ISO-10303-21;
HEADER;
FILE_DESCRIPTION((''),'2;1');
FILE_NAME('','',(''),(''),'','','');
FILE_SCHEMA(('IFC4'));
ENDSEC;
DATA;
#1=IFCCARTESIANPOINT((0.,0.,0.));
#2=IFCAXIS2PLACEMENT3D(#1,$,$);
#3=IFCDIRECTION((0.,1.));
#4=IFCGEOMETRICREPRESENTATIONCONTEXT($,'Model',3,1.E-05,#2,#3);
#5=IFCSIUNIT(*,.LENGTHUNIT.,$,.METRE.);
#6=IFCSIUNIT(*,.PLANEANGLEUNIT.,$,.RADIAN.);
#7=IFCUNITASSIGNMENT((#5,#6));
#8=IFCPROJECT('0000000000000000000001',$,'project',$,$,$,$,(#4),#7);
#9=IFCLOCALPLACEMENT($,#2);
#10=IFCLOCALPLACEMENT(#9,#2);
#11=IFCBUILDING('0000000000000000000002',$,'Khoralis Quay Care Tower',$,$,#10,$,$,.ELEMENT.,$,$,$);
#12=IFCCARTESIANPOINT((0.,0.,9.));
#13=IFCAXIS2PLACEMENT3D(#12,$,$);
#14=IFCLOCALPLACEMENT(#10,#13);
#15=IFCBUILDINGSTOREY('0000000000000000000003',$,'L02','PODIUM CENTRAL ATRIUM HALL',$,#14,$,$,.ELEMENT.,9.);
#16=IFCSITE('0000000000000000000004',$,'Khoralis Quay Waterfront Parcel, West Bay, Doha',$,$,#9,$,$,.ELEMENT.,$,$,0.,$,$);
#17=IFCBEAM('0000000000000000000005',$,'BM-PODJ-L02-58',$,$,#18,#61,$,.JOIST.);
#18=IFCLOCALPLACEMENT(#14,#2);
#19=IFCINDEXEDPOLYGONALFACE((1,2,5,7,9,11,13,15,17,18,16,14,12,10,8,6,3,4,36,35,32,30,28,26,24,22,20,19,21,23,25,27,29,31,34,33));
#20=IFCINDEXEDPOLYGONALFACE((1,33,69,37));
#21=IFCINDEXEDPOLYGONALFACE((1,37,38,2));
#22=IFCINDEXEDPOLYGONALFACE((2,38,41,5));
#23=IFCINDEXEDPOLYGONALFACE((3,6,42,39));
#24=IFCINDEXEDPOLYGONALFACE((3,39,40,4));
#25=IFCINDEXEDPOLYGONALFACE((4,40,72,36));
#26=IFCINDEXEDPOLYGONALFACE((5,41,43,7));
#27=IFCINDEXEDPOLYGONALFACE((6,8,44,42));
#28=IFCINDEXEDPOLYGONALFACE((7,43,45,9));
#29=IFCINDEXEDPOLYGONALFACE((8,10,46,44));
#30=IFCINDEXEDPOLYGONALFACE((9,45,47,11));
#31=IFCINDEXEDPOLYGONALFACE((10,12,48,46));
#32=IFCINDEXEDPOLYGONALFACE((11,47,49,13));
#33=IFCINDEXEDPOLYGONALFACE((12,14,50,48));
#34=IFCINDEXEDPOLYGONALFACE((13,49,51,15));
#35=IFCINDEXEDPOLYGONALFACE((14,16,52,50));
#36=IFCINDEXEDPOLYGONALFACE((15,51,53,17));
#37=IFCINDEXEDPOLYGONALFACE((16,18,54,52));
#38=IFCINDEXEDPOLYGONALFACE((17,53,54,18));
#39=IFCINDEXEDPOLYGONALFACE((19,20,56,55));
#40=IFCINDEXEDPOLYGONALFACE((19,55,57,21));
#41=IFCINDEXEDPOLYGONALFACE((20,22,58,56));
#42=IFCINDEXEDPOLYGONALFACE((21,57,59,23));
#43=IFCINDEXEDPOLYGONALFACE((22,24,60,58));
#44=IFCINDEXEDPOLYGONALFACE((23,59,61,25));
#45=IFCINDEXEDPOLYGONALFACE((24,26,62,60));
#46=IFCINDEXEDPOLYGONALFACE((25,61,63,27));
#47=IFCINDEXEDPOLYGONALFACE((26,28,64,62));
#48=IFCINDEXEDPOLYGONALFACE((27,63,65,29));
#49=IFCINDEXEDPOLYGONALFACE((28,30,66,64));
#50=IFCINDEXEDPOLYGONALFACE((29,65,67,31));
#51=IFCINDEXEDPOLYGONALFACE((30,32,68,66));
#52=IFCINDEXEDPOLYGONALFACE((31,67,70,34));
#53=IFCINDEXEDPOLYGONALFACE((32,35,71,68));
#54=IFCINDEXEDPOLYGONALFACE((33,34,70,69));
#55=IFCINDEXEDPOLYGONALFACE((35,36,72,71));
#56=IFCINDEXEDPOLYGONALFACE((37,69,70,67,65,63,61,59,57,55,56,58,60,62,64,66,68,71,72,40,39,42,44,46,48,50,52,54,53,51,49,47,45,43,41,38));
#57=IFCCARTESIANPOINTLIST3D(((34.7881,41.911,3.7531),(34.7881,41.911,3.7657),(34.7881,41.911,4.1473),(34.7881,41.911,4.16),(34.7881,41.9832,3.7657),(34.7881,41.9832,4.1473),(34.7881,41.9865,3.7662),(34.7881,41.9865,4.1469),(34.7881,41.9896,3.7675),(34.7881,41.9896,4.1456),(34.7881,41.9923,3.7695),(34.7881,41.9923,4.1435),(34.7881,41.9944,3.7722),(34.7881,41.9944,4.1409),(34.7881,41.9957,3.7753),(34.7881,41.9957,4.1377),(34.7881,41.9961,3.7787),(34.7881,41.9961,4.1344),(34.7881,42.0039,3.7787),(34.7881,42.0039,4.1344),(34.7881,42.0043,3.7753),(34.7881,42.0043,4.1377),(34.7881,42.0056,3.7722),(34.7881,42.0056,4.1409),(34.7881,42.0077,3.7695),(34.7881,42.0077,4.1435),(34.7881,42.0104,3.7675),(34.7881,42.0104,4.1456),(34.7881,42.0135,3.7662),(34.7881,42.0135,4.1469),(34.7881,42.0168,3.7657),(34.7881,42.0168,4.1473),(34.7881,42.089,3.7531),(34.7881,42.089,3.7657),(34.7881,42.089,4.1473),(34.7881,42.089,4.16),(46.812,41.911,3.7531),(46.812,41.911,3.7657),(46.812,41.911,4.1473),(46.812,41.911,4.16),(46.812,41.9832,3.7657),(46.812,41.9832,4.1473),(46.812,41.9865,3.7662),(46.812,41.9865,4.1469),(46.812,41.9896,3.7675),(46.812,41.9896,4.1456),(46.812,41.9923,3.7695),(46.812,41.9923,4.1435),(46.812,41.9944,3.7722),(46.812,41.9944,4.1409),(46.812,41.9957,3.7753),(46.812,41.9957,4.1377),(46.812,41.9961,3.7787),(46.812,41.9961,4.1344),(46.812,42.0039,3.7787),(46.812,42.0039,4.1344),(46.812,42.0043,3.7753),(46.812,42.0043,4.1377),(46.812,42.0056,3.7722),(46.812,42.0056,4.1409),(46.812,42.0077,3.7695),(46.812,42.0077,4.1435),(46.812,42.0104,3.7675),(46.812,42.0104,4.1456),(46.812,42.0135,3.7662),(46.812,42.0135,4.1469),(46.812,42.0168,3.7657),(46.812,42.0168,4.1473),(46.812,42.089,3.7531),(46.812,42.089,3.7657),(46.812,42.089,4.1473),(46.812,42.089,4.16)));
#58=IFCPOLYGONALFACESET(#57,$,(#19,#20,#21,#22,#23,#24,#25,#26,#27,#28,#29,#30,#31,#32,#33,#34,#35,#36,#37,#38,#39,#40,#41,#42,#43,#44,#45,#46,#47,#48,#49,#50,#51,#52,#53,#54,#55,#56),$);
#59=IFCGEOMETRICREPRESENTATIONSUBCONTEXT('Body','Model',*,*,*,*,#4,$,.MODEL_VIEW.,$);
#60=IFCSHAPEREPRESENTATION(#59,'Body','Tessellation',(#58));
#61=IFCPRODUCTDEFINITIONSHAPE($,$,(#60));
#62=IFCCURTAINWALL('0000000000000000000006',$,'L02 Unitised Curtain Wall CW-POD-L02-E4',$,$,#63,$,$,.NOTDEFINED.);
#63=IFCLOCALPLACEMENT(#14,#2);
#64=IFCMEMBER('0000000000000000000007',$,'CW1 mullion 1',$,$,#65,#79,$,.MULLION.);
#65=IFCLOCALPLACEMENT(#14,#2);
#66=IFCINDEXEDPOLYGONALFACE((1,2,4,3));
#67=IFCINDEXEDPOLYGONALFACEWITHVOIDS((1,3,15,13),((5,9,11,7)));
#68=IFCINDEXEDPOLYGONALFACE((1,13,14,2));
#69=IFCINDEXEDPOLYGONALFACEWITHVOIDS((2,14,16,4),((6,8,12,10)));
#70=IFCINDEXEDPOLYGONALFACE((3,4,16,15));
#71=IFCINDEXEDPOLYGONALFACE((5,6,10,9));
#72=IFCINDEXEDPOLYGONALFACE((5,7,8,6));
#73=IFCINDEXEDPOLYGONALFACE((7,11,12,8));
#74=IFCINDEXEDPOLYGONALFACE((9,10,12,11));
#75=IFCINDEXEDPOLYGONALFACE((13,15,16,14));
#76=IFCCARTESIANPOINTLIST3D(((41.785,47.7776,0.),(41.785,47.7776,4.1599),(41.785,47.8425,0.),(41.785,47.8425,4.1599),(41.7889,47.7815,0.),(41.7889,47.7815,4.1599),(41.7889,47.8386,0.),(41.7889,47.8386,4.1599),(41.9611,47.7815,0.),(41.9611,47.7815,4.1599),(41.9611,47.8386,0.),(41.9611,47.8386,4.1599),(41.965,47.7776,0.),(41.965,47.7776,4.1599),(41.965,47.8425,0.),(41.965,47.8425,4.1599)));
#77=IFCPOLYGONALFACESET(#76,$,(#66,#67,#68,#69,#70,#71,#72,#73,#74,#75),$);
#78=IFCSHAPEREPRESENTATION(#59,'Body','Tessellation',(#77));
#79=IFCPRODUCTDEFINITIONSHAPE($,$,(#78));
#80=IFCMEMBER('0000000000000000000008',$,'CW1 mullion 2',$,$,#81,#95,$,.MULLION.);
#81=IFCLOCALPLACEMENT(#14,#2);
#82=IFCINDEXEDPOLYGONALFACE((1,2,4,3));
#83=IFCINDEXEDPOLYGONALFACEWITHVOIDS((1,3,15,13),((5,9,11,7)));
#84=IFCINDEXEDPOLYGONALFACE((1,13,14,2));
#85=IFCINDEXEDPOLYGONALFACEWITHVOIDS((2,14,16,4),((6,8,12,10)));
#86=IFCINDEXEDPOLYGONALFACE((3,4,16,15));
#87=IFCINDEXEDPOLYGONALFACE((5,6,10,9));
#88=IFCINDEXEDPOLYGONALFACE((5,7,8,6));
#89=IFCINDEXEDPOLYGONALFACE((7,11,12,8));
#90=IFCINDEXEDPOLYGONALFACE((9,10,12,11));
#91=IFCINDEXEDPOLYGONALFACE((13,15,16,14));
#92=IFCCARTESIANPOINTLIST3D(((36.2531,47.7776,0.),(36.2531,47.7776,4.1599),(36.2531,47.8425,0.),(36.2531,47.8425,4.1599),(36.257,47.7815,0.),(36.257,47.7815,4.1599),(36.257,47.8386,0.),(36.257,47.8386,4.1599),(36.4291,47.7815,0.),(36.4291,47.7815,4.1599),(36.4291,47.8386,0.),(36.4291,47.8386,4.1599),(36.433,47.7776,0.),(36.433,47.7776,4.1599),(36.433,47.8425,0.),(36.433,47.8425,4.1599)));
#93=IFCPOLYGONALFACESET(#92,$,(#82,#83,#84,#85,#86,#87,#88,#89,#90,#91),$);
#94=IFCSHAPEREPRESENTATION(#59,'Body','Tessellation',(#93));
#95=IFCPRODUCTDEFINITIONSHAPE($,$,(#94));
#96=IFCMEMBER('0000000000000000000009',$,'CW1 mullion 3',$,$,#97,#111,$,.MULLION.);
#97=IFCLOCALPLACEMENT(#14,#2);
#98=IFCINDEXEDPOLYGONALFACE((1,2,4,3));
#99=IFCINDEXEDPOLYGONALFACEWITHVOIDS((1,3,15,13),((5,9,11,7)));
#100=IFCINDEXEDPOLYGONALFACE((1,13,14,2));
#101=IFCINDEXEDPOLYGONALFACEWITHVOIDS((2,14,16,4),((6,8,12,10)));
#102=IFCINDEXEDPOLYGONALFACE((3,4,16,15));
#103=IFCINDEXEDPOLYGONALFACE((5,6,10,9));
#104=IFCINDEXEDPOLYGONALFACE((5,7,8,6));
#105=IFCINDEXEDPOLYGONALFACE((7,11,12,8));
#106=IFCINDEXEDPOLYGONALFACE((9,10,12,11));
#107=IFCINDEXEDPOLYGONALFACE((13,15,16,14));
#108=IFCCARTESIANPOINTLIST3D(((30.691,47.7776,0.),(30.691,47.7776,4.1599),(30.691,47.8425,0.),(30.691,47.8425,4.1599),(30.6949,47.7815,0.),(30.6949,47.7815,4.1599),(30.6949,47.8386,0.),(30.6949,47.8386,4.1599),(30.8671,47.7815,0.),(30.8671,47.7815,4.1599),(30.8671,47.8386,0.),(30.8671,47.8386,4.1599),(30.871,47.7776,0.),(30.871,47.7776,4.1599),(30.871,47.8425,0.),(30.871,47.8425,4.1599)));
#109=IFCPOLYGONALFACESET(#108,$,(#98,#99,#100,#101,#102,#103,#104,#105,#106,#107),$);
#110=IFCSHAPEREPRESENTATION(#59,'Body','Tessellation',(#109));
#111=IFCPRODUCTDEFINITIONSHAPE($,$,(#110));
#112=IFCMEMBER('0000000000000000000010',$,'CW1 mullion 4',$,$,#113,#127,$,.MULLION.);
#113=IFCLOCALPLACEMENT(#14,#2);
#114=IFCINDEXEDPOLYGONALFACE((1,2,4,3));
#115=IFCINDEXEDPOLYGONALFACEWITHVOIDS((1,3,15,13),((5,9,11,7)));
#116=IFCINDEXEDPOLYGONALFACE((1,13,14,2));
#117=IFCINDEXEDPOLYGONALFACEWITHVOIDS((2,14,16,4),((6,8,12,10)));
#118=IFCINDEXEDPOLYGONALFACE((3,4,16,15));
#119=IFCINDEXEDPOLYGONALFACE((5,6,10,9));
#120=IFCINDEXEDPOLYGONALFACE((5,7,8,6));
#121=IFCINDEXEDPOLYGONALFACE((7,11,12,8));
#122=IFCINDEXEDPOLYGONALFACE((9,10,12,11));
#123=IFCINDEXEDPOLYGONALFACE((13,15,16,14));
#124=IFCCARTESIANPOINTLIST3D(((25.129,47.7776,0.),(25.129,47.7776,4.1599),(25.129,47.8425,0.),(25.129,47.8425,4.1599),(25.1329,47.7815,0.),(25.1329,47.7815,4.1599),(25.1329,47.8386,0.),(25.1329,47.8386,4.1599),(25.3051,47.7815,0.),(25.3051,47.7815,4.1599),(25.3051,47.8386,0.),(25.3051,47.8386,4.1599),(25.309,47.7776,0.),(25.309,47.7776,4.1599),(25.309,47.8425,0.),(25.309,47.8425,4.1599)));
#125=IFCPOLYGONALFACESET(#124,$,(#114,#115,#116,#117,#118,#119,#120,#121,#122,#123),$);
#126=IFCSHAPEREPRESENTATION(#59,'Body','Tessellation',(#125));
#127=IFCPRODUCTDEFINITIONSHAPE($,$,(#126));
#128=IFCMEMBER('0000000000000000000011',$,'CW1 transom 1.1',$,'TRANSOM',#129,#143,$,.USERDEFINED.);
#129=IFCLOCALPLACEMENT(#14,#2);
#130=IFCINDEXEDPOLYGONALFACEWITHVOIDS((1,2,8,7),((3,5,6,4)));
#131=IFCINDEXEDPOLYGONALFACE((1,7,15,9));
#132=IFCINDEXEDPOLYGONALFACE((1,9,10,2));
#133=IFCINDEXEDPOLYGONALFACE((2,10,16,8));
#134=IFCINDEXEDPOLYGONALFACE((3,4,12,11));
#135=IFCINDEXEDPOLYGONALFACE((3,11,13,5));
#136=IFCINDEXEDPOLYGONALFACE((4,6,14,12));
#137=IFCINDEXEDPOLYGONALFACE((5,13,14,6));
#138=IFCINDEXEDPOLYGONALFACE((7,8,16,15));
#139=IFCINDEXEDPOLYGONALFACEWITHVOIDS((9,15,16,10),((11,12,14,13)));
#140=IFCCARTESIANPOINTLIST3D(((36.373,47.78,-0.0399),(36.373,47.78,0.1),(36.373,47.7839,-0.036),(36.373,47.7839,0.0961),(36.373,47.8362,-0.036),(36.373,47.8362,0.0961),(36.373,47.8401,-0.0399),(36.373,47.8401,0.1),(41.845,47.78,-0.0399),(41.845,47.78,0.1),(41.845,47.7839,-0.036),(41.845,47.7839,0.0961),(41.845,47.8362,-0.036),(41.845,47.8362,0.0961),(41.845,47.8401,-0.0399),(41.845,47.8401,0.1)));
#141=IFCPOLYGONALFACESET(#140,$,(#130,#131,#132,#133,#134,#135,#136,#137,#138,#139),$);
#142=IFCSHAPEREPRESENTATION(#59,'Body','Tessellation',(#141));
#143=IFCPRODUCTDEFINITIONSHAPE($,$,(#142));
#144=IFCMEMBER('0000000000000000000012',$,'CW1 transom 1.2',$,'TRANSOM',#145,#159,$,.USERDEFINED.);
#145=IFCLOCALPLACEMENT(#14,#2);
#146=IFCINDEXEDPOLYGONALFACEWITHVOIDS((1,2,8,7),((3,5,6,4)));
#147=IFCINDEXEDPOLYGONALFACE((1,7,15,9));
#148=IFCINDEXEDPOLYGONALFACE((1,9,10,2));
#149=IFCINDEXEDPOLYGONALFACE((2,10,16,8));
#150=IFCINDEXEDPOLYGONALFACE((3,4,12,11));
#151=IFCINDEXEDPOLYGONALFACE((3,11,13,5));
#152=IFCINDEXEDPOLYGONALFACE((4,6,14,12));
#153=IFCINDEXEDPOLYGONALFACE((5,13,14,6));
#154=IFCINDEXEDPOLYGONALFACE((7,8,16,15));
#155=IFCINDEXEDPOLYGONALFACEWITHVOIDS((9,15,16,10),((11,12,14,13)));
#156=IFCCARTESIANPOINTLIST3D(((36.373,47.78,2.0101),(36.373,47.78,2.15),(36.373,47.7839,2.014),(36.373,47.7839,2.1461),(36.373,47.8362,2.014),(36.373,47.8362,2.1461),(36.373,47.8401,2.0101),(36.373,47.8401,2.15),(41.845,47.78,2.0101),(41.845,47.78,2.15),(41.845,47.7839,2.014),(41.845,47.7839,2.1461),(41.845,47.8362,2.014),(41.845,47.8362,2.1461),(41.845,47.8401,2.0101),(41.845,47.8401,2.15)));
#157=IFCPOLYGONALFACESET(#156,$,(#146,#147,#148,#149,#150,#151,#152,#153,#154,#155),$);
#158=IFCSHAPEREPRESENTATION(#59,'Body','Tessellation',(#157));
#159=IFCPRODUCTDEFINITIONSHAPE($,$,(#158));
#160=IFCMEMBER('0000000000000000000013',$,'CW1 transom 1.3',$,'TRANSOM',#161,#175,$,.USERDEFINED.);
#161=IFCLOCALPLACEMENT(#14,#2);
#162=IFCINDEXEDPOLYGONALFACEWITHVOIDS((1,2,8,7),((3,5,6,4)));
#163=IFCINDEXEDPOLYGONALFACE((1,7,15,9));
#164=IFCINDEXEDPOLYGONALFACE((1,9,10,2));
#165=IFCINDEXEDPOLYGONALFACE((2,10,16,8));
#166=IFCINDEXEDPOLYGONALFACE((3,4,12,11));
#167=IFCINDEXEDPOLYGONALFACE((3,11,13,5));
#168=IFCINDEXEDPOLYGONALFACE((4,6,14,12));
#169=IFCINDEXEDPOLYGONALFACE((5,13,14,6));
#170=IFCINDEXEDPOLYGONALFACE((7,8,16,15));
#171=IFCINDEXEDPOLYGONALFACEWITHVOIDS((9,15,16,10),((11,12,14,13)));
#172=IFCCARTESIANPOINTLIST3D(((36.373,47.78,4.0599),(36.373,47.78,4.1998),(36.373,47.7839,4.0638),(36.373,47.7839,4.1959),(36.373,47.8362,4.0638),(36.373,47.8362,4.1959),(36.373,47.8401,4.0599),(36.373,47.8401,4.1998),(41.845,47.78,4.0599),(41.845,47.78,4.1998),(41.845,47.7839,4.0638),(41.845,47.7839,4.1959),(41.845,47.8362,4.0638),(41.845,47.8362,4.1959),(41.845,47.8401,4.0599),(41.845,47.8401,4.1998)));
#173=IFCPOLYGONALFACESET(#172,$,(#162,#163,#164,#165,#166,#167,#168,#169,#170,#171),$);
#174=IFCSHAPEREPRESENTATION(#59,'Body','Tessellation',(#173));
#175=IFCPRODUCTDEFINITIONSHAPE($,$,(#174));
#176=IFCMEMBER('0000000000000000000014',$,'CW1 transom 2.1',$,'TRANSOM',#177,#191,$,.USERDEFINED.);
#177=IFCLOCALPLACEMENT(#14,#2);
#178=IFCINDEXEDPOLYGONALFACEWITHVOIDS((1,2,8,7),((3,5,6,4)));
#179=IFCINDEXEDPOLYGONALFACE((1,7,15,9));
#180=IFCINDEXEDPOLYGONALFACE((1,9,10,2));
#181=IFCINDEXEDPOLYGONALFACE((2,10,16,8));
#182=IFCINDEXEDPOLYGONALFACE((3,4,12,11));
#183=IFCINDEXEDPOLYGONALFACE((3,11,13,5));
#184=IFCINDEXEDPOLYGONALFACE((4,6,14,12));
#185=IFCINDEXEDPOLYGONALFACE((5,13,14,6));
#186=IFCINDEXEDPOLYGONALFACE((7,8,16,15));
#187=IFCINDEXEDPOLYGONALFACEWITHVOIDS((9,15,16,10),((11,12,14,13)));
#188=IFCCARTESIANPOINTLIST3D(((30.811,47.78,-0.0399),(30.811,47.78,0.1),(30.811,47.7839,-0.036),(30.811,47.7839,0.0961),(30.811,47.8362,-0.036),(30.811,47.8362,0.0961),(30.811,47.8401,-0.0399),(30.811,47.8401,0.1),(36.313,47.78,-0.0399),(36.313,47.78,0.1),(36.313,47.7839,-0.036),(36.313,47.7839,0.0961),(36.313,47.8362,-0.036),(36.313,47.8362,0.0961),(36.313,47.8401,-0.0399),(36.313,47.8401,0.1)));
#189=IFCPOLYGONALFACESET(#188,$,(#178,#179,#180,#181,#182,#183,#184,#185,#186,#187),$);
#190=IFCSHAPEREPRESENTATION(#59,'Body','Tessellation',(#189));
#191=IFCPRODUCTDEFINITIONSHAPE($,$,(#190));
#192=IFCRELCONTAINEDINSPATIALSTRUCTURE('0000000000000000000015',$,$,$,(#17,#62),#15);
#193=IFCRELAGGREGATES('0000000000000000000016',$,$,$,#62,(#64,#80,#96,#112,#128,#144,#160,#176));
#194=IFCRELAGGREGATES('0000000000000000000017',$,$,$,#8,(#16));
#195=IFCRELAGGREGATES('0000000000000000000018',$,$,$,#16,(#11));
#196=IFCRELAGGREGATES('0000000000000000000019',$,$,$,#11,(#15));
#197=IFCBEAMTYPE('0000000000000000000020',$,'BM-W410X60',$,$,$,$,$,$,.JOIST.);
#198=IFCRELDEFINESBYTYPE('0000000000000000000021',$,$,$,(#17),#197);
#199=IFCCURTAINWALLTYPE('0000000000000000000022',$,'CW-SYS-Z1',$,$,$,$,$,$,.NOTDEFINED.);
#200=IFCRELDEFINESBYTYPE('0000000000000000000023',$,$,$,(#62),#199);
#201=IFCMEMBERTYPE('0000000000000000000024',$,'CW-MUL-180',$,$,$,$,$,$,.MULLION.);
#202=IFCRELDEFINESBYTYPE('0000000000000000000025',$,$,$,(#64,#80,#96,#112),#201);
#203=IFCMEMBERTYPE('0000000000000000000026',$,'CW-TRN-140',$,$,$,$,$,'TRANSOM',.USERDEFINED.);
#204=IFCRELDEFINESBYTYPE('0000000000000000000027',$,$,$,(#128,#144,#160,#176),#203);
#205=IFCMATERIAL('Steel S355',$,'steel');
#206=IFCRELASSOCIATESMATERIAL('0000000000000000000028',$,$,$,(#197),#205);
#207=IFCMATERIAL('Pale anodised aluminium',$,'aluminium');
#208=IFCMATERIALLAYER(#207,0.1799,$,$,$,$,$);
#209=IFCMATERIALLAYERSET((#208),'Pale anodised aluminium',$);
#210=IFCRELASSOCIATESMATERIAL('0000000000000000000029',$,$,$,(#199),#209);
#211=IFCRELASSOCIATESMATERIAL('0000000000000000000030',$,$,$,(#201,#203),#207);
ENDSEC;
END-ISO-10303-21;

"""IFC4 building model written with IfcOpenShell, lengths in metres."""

from ifc_helpers import new_model, si_unit, direction, frame, origin, origin_2d, place, context, subcontext, project, spatial, hollow_rectangle, i_section, extrude, source, transform, mapped, material, layer, layer_set, material_profile, profile_set, type_object, element, aggregate, save


model = new_model("IFC4")

# Units and contexts
model_context = context("Model", 3, precision=1e-05, world=origin(), true_north=direction((0.0, 1.0)))
body_context = subcontext(model_context, "Body", "Model", "MODEL_VIEW")
ifc_project = project(units=[si_unit("LENGTHUNIT", "METRE"), si_unit("PLANEANGLEUNIT", "RADIAN")], contexts=[model_context])

# Site, building, storey
site_placement = place(None, origin())
site = spatial("IfcSite", under=ifc_project, at=site_placement, Name="Khoralis Quay Waterfront Parcel, West Bay, Doha", CompositionType="ELEMENT", RefElevation=0.0)
building_placement = place(site_placement, origin())
building = spatial("IfcBuilding", under=site, at=building_placement, Name="Khoralis Quay Care Tower", CompositionType="ELEMENT")
storey_placement = place(building_placement, frame((0.0, 0.0, 9.0)))
storey = spatial("IfcBuildingStorey", under=building, at=storey_placement, Name="L02", Description="PODIUM CENTRAL ATRIUM HALL", CompositionType="ELEMENT", Elevation=9.0)

# Beam
ifc_material_1 = material(Name="Steel S355", Category="steel")
ifc_material_profile_1 = material_profile(ifc_material_1, i_section(OverallWidth=0.178, OverallDepth=0.407, WebThickness=0.0078, FlangeThickness=0.0127, FilletRadius=0.0129, at=origin_2d()), Name="Steel S355")
ifc_profile_set_1 = profile_set([ifc_material_profile_1], Name="Steel S355")
beam_type_1 = type_object("IfcBeamType", Name="BM-W410X60", PredefinedType="JOIST", material=ifc_profile_set_1)
shared_shape_1 = source(origin(), body_context, "Body", "SweptSolid", [
    extrude(i_section(OverallWidth=0.178, OverallDepth=0.407, WebThickness=0.0078, FlangeThickness=0.0127, FilletRadius=0.0129, at=origin_2d()), origin(), (0.0, 0.0, 1.0), 12.0239),
])
beam_1_placement = place(storey_placement, frame((34.7881, 42.0, 3.9565), z_axis=(1.0, 0.0, 0.0), x_axis=(0.0, 1.0, 0.0)))
element("IfcBeam", 1, at=beam_1_placement, inside=storey, type_object=beam_type_1, Name="BM-PODJ-L02-58", PredefinedType="JOIST", context=body_context, shape_type="MappedRepresentation", body=[
    mapped(shared_shape_1, transform((0.0, 0.0, 0.0), scale=1.0)),
])

# Curtain wall, members
ifc_material_2 = material(Name="Pale anodised aluminium", Category="aluminium")
ifc_layer_1 = layer(ifc_material_2, 0.1799)
ifc_layer_set_1 = layer_set([ifc_layer_1], Name="Pale anodised aluminium")
curtain_wall_type = type_object("IfcCurtainWallType", Name="CW-SYS-Z1", PredefinedType="NOTDEFINED", material=ifc_layer_set_1)
curtain_wall_placement = place(storey_placement, origin())
curtain_wall = element("IfcCurtainWall", 2, at=curtain_wall_placement, inside=storey, type_object=curtain_wall_type, Name="L02 Unitised Curtain Wall CW-POD-L02-E4", PredefinedType="NOTDEFINED")
ifc_material_profile_2 = material_profile(ifc_material_2, hollow_rectangle(XDim=0.0649, YDim=0.1799, WallThickness=0.0039, at=origin_2d()), Name="Pale anodised aluminium")
ifc_profile_set_2 = profile_set([ifc_material_profile_2], Name="Pale anodised aluminium")
member_type_1 = type_object("IfcMemberType", Name="CW-MUL-180", PredefinedType="MULLION", material=ifc_profile_set_2)
shared_shape_2 = source(origin(), body_context, "Body", "SweptSolid", [
    extrude(hollow_rectangle(XDim=0.0649, YDim=0.1799, WallThickness=0.0039, at=origin_2d()), origin(), (0.0, 0.0, 1.0), 4.1599),
])
member_1_placement = place(storey_placement, frame((41.875, 47.8101, 0.0), z_axis=(0.0, 0.0, 1.0), x_axis=(0.0, -1.0, 0.0)))
member_1 = element("IfcMember", 3, at=member_1_placement, type_object=member_type_1, Name="CW1 mullion 1", PredefinedType="MULLION", context=body_context, shape_type="MappedRepresentation", body=[
    mapped(shared_shape_2, transform((0.0, 0.0, 0.0), scale=1.0)),
])
member_2_placement = place(storey_placement, frame((36.343, 47.8101, 0.0), z_axis=(0.0, 0.0, 1.0), x_axis=(0.0, -1.0, 0.0)))
member_2 = element("IfcMember", 4, at=member_2_placement, type_object=member_type_1, Name="CW1 mullion 2", PredefinedType="MULLION", context=body_context, shape_type="MappedRepresentation", body=[
    mapped(shared_shape_2, transform((0.0, 0.0, 0.0), scale=1.0)),
])
member_3_placement = place(storey_placement, frame((30.781, 47.8101, 0.0), z_axis=(0.0, 0.0, 1.0), x_axis=(0.0, -1.0, 0.0)))
member_3 = element("IfcMember", 5, at=member_3_placement, type_object=member_type_1, Name="CW1 mullion 3", PredefinedType="MULLION", context=body_context, shape_type="MappedRepresentation", body=[
    mapped(shared_shape_2, transform((0.0, 0.0, 0.0), scale=1.0)),
])
member_4_placement = place(storey_placement, frame((25.219, 47.8101, 0.0), z_axis=(0.0, 0.0, 1.0), x_axis=(0.0, -1.0, 0.0)))
member_4 = element("IfcMember", 6, at=member_4_placement, type_object=member_type_1, Name="CW1 mullion 4", PredefinedType="MULLION", context=body_context, shape_type="MappedRepresentation", body=[
    mapped(shared_shape_2, transform((0.0, 0.0, 0.0), scale=1.0)),
])
ifc_material_profile_3 = material_profile(ifc_material_2, hollow_rectangle(XDim=0.0601, YDim=0.1399, WallThickness=0.0039, at=origin_2d()), Name="Pale anodised aluminium")
ifc_profile_set_3 = profile_set([ifc_material_profile_3], Name="Pale anodised aluminium")
member_type_2 = type_object("IfcMemberType", Name="CW-TRN-140", ElementType="TRANSOM", PredefinedType="USERDEFINED", material=ifc_profile_set_3)
shared_shape_3 = source(origin(), body_context, "Body", "SweptSolid", [
    extrude(hollow_rectangle(XDim=0.0601, YDim=0.1399, WallThickness=0.0039, at=origin_2d()), origin(), (0.0, 0.0, 1.0), 5.4719),
])
member_5_placement = place(storey_placement, frame((41.845, 47.8101, 0.03), z_axis=(-1.0, 0.0, 0.0), x_axis=(0.0, -1.0, 0.0)))
member_5 = element("IfcMember", 7, at=member_5_placement, type_object=member_type_2, Name="CW1 transom 1.1", ObjectType="TRANSOM", PredefinedType="USERDEFINED", context=body_context, shape_type="MappedRepresentation", body=[
    mapped(shared_shape_3, transform((0.0, 0.0, 0.0), scale=1.0)),
])
member_6_placement = place(storey_placement, frame((41.845, 47.8101, 2.0801), z_axis=(-1.0, 0.0, 0.0), x_axis=(0.0, -1.0, 0.0)))
member_6 = element("IfcMember", 8, at=member_6_placement, type_object=member_type_2, Name="CW1 transom 1.2", ObjectType="TRANSOM", PredefinedType="USERDEFINED", context=body_context, shape_type="MappedRepresentation", body=[
    mapped(shared_shape_3, transform((0.0, 0.0, 0.0), scale=1.0)),
])
member_7_placement = place(storey_placement, frame((41.845, 47.8101, 4.1299), z_axis=(-1.0, 0.0, 0.0), x_axis=(0.0, -1.0, 0.0)))
member_7 = element("IfcMember", 9, at=member_7_placement, type_object=member_type_2, Name="CW1 transom 1.3", ObjectType="TRANSOM", PredefinedType="USERDEFINED", context=body_context, shape_type="MappedRepresentation", body=[
    mapped(shared_shape_3, transform((0.0, 0.0, 0.0), scale=1.0)),
])
shared_shape_4 = source(origin(), body_context, "Body", "SweptSolid", [
    extrude(hollow_rectangle(XDim=0.0601, YDim=0.1399, WallThickness=0.0039, at=origin_2d()), origin(), (0.0, 0.0, 1.0), 5.502),
])
member_8_placement = place(storey_placement, frame((36.313, 47.8101, 0.03), z_axis=(-1.0, 0.0, 0.0), x_axis=(0.0, -1.0, 0.0)))
member_8 = element("IfcMember", 10, at=member_8_placement, type_object=member_type_2, Name="CW1 transom 2.1", ObjectType="TRANSOM", PredefinedType="USERDEFINED", context=body_context, shape_type="MappedRepresentation", body=[
    mapped(shared_shape_4, transform((0.0, 0.0, 0.0), scale=1.0)),
])
aggregate(curtain_wall, [member_1, member_2, member_3, member_4, member_5, member_6, member_7, member_8])

save(model, "model.ifc")
